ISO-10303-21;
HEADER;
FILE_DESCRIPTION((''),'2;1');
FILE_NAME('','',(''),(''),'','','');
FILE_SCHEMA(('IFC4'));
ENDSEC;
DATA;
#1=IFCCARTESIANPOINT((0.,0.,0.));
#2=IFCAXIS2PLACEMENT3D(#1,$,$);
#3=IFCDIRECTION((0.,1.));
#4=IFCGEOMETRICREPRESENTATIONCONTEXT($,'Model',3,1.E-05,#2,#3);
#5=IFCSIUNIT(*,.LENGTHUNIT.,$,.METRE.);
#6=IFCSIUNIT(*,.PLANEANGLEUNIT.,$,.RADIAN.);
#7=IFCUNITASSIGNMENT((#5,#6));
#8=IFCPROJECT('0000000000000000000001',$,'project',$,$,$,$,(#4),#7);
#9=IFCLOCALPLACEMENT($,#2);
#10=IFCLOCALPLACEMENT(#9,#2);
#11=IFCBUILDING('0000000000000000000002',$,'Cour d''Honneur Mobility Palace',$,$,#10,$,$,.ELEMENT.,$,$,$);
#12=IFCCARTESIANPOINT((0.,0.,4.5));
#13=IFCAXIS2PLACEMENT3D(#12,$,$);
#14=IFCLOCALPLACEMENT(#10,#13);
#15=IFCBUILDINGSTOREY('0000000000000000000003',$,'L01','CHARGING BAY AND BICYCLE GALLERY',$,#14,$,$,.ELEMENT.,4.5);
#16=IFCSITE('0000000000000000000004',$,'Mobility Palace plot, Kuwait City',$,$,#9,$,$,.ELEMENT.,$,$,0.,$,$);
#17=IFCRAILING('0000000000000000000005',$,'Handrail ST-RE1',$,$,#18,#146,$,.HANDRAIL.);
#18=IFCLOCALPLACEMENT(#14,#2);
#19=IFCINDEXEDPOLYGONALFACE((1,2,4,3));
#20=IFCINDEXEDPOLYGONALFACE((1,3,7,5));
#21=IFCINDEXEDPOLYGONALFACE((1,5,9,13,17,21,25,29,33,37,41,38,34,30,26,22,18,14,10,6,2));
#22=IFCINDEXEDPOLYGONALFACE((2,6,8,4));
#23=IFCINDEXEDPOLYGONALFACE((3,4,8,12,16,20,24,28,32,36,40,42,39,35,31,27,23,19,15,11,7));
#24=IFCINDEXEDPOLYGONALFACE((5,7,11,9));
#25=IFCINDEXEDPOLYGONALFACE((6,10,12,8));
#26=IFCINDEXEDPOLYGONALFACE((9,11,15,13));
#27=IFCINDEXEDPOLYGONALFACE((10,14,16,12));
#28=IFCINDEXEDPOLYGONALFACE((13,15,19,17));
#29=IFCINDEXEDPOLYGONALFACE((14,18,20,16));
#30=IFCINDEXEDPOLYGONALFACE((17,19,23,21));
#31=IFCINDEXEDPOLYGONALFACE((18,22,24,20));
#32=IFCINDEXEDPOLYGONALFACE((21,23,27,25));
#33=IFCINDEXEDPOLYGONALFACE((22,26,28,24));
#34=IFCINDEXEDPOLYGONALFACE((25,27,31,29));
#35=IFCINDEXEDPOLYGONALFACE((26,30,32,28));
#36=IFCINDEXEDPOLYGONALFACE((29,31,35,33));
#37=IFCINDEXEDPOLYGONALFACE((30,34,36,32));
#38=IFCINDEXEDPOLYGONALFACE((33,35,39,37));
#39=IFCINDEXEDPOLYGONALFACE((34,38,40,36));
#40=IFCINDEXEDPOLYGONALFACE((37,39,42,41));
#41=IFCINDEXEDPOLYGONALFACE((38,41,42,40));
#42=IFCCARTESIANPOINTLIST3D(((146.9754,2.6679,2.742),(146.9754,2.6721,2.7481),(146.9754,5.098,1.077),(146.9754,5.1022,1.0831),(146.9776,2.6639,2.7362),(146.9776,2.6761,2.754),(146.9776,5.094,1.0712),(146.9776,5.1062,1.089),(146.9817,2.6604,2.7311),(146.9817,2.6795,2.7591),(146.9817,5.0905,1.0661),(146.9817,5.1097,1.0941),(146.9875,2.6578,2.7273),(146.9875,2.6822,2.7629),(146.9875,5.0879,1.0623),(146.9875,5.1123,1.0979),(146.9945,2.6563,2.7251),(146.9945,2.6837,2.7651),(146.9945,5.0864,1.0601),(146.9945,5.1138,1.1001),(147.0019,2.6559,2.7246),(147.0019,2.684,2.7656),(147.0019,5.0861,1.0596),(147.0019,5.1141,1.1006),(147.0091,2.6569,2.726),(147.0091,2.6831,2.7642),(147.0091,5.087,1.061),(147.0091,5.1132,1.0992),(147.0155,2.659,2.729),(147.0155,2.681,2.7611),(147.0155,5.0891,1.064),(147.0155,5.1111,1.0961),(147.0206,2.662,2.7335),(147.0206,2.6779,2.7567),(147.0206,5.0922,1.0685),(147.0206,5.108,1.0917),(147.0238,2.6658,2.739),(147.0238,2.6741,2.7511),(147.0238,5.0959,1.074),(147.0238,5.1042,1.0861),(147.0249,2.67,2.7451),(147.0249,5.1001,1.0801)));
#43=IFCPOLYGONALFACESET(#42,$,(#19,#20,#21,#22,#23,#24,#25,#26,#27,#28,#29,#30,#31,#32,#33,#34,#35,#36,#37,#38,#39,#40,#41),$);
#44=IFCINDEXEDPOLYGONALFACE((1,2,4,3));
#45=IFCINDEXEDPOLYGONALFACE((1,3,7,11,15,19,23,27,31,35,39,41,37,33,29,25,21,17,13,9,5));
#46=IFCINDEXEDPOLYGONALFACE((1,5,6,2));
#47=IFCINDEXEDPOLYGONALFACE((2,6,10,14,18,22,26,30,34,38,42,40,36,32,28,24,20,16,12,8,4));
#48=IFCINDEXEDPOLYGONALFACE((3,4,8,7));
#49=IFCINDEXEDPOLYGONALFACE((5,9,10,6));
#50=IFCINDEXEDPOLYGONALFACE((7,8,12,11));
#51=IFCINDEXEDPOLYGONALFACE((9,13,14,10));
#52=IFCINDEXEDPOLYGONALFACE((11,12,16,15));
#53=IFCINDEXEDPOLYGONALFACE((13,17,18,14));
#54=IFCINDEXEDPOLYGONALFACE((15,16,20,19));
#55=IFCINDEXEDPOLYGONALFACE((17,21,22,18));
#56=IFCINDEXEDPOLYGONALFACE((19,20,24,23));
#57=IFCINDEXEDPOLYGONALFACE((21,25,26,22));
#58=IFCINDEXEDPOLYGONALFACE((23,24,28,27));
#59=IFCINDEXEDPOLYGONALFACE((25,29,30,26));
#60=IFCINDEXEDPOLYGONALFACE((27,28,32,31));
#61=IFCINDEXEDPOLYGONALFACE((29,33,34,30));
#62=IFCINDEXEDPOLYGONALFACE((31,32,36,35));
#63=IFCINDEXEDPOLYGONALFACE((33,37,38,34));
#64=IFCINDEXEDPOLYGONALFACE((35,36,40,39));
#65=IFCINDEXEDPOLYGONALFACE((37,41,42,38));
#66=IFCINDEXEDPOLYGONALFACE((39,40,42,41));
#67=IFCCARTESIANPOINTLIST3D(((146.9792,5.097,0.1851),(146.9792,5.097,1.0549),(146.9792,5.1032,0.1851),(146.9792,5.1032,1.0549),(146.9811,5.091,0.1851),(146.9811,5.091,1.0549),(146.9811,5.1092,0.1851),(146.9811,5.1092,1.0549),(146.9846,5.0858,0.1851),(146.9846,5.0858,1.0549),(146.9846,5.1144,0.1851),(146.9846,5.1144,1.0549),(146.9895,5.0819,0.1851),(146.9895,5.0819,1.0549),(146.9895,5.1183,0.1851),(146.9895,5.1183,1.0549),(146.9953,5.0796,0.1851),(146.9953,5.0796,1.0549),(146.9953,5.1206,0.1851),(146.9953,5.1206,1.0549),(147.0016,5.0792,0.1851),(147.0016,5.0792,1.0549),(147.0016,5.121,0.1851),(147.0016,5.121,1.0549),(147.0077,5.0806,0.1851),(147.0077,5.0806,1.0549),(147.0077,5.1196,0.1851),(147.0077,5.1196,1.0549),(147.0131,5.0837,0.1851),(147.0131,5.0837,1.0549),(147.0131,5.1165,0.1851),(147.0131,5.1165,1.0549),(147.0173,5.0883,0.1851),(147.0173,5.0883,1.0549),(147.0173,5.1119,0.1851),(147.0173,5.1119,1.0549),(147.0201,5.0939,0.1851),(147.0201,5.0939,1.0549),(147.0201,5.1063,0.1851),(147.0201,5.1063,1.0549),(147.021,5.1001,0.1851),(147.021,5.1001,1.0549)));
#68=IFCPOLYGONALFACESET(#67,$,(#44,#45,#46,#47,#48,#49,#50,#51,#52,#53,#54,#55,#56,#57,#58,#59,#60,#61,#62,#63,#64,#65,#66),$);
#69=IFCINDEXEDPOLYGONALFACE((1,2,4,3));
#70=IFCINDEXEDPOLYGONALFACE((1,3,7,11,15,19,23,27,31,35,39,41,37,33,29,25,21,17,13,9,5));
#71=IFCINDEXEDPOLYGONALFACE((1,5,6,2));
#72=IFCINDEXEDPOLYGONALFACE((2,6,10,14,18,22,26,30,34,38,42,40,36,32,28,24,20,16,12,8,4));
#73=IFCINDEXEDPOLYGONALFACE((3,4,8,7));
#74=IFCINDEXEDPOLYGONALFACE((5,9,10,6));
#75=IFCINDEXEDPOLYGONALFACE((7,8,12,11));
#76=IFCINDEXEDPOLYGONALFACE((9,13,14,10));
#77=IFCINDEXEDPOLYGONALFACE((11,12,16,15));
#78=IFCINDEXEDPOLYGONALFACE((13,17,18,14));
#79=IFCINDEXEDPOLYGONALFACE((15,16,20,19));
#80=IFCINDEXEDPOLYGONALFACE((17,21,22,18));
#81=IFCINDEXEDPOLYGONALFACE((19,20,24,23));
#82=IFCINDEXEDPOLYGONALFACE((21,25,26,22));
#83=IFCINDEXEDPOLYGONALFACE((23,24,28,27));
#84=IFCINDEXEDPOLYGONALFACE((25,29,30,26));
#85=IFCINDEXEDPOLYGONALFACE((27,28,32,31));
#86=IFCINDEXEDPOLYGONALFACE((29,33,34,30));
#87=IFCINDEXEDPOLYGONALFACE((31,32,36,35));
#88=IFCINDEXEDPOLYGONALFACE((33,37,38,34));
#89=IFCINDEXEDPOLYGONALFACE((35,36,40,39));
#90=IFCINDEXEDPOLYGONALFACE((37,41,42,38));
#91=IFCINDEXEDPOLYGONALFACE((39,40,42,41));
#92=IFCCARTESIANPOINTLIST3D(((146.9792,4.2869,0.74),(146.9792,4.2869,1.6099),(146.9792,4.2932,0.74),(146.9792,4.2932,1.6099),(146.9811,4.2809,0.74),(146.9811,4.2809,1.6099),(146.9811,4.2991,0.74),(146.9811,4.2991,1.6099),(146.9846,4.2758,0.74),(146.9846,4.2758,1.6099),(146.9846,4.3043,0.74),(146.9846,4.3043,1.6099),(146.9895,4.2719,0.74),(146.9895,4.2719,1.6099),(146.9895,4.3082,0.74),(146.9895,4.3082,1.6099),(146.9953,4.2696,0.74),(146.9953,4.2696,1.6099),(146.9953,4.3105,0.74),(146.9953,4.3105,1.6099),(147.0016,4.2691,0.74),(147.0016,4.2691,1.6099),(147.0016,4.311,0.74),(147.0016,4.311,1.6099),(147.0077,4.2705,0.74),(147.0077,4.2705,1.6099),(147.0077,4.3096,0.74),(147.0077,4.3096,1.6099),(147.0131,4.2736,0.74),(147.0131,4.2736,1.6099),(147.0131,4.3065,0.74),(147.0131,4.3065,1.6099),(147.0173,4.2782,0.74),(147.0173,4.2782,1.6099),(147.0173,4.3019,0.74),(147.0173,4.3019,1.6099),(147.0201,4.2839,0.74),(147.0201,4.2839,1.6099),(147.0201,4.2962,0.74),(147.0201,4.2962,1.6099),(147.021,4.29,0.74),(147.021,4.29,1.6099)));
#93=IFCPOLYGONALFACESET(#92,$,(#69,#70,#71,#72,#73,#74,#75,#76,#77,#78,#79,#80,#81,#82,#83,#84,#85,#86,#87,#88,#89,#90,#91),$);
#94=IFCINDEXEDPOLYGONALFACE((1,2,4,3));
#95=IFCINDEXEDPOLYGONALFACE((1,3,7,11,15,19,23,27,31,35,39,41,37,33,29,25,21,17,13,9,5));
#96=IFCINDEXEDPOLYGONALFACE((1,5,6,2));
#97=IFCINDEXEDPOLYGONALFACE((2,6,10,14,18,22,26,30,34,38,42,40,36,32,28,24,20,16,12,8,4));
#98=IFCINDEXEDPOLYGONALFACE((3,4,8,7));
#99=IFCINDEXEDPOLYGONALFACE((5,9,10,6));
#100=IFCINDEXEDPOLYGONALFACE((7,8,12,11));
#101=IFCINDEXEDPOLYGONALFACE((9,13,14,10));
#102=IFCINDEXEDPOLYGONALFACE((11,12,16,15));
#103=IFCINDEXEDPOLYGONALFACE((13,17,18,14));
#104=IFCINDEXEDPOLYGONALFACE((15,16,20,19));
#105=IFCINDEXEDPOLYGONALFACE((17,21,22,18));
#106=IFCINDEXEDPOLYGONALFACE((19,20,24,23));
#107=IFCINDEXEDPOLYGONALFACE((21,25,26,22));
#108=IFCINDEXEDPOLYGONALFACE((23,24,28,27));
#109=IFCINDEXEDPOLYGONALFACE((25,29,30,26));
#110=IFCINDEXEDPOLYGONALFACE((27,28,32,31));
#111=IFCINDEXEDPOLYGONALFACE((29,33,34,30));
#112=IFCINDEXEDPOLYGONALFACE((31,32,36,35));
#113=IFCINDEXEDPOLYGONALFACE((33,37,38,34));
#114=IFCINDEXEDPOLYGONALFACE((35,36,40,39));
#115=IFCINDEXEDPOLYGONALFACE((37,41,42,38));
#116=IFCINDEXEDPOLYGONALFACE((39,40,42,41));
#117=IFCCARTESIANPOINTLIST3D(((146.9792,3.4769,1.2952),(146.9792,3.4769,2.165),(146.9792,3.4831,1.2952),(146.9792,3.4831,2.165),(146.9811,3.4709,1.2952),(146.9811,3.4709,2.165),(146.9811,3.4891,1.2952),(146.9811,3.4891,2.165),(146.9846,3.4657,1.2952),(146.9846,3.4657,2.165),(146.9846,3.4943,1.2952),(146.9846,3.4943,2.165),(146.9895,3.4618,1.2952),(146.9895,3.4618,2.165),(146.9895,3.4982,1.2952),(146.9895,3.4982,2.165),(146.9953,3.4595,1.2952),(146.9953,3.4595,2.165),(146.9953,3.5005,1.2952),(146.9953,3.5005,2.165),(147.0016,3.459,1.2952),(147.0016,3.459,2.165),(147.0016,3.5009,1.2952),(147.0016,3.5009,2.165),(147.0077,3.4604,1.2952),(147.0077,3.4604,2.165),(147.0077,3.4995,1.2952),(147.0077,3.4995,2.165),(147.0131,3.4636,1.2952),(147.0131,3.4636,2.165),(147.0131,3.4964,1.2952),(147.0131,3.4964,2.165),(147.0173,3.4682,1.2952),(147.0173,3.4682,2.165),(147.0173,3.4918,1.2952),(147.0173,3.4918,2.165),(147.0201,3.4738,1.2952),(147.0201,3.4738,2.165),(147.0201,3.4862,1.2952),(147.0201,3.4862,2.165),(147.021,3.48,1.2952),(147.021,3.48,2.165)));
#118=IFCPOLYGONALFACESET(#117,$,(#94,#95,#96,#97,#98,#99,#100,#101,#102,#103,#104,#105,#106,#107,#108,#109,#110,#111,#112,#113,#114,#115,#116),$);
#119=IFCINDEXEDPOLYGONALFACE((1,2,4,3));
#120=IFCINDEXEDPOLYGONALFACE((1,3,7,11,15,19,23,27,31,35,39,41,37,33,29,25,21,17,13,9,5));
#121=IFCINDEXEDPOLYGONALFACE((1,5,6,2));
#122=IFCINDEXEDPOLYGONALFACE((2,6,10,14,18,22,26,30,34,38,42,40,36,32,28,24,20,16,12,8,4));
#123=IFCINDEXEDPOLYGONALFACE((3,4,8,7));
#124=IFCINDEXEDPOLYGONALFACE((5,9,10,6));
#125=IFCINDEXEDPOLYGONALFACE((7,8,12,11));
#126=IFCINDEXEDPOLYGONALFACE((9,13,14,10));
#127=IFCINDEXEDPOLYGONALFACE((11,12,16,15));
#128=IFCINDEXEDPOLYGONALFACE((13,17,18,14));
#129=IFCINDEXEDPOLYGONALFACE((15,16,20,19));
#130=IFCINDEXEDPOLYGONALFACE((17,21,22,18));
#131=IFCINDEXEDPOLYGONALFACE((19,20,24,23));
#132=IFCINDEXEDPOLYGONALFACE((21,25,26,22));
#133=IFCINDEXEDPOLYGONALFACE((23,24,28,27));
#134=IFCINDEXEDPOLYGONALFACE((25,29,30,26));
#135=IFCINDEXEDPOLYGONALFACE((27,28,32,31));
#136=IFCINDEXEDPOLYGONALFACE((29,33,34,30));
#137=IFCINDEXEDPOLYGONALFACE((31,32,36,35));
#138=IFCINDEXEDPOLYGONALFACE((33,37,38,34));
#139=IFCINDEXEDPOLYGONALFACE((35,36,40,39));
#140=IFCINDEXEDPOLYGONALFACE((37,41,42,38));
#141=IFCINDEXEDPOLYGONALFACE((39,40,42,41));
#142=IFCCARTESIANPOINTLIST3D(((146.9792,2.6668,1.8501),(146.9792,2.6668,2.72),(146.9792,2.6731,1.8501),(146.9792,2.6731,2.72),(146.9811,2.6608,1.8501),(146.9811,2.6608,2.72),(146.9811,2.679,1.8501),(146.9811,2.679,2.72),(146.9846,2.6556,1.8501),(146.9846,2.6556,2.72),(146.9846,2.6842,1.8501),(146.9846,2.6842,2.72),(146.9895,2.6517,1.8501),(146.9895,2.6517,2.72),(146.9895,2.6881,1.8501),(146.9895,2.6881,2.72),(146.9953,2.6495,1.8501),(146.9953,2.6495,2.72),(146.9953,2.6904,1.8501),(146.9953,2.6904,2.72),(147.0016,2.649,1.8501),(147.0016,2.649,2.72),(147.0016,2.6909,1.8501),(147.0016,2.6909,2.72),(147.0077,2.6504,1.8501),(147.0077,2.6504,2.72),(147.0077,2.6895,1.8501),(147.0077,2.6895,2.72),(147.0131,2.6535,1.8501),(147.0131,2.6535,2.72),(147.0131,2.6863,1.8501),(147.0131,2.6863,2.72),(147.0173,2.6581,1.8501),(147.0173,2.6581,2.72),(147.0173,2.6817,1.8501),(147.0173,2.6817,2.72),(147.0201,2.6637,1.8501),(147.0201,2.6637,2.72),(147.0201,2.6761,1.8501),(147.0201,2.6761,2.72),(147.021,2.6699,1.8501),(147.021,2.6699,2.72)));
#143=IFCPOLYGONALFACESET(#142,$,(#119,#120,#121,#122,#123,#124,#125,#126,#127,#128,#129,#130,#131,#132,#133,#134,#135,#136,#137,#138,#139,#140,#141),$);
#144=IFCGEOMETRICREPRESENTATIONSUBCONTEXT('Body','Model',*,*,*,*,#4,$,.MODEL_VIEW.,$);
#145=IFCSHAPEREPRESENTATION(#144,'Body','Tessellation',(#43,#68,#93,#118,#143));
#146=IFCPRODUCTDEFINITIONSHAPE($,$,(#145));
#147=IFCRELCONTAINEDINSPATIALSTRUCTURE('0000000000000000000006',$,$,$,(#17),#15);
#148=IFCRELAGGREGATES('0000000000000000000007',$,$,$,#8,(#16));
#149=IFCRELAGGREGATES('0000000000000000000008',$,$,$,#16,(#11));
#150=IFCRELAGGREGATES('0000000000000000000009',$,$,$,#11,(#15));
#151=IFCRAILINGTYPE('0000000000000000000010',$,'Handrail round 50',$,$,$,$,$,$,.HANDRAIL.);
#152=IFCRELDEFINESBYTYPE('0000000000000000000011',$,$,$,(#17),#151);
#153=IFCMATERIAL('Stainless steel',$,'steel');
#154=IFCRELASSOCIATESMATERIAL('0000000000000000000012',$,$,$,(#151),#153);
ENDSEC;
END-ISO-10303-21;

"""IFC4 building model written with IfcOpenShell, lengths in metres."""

from ifc_helpers import new_model, si_unit, direction, frame, origin, origin_2d, place, context, subcontext, project, spatial, circle, extrude, material, type_object, element, save


model = new_model("IFC4")

# Units and contexts
model_context = context("Model", 3, precision=1e-05, world=origin(), true_north=direction((0.0, 1.0)))
body_context = subcontext(model_context, "Body", "Model", "MODEL_VIEW")
ifc_project = project(units=[si_unit("LENGTHUNIT", "METRE"), si_unit("PLANEANGLEUNIT", "RADIAN")], contexts=[model_context])

# Site, building, storey
site_placement = place(None, origin())
site = spatial("IfcSite", under=ifc_project, at=site_placement, Name="Mobility Palace plot, Kuwait City", CompositionType="ELEMENT", RefElevation=0.0)
building_placement = place(site_placement, origin())
building = spatial("IfcBuilding", under=site, at=building_placement, Name="Cour d'Honneur Mobility Palace", CompositionType="ELEMENT")
storey_placement = place(building_placement, frame((0.0, 0.0, 4.5)))
storey = spatial("IfcBuildingStorey", under=building, at=storey_placement, Name="L01", Description="CHARGING BAY AND BICYCLE GALLERY", CompositionType="ELEMENT", Elevation=4.5)

# Railing
ifc_material_1 = material(Name="Stainless steel", Category="steel")
railing_type_1 = type_object("IfcRailingType", Name="Handrail round 50", PredefinedType="HANDRAIL", material=ifc_material_1)
for number, where, name in (
    (1, (147.0, 5.1001, 0.1851), "Handrail ST-RE1"),
):
    element("IfcRailing", number, at=place(storey_placement, frame(where)), inside=storey, type_object=railing_type_1, Name=name, PredefinedType="HANDRAIL", context=body_context, shape_type="SweptSolid", body=[
        extrude(circle(Radius=0.0249, at=origin_2d()), frame((0.0, 0.0, 0.895), z_axis=(0.0, -0.824945, 0.565213), x_axis=(1.0, 0.0, 0.0)), (0.0, 0.0, 1.0), 2.9458),
        extrude(circle(Radius=0.021, at=origin_2d()), origin(), (0.0, 0.0, 1.0), 0.8699),
        extrude(circle(Radius=0.021, at=origin_2d()), frame((0.0, -0.8101, 0.5549)), (0.0, 0.0, 1.0), 0.8699),
        extrude(circle(Radius=0.021, at=origin_2d()), frame((0.0, -1.6201, 1.1101)), (0.0, 0.0, 1.0), 0.8699),
        extrude(circle(Radius=0.021, at=origin_2d()), frame((0.0, -2.4302, 1.665)), (0.0, 0.0, 1.0), 0.8699),
    ])

save(model, "model.ifc")
